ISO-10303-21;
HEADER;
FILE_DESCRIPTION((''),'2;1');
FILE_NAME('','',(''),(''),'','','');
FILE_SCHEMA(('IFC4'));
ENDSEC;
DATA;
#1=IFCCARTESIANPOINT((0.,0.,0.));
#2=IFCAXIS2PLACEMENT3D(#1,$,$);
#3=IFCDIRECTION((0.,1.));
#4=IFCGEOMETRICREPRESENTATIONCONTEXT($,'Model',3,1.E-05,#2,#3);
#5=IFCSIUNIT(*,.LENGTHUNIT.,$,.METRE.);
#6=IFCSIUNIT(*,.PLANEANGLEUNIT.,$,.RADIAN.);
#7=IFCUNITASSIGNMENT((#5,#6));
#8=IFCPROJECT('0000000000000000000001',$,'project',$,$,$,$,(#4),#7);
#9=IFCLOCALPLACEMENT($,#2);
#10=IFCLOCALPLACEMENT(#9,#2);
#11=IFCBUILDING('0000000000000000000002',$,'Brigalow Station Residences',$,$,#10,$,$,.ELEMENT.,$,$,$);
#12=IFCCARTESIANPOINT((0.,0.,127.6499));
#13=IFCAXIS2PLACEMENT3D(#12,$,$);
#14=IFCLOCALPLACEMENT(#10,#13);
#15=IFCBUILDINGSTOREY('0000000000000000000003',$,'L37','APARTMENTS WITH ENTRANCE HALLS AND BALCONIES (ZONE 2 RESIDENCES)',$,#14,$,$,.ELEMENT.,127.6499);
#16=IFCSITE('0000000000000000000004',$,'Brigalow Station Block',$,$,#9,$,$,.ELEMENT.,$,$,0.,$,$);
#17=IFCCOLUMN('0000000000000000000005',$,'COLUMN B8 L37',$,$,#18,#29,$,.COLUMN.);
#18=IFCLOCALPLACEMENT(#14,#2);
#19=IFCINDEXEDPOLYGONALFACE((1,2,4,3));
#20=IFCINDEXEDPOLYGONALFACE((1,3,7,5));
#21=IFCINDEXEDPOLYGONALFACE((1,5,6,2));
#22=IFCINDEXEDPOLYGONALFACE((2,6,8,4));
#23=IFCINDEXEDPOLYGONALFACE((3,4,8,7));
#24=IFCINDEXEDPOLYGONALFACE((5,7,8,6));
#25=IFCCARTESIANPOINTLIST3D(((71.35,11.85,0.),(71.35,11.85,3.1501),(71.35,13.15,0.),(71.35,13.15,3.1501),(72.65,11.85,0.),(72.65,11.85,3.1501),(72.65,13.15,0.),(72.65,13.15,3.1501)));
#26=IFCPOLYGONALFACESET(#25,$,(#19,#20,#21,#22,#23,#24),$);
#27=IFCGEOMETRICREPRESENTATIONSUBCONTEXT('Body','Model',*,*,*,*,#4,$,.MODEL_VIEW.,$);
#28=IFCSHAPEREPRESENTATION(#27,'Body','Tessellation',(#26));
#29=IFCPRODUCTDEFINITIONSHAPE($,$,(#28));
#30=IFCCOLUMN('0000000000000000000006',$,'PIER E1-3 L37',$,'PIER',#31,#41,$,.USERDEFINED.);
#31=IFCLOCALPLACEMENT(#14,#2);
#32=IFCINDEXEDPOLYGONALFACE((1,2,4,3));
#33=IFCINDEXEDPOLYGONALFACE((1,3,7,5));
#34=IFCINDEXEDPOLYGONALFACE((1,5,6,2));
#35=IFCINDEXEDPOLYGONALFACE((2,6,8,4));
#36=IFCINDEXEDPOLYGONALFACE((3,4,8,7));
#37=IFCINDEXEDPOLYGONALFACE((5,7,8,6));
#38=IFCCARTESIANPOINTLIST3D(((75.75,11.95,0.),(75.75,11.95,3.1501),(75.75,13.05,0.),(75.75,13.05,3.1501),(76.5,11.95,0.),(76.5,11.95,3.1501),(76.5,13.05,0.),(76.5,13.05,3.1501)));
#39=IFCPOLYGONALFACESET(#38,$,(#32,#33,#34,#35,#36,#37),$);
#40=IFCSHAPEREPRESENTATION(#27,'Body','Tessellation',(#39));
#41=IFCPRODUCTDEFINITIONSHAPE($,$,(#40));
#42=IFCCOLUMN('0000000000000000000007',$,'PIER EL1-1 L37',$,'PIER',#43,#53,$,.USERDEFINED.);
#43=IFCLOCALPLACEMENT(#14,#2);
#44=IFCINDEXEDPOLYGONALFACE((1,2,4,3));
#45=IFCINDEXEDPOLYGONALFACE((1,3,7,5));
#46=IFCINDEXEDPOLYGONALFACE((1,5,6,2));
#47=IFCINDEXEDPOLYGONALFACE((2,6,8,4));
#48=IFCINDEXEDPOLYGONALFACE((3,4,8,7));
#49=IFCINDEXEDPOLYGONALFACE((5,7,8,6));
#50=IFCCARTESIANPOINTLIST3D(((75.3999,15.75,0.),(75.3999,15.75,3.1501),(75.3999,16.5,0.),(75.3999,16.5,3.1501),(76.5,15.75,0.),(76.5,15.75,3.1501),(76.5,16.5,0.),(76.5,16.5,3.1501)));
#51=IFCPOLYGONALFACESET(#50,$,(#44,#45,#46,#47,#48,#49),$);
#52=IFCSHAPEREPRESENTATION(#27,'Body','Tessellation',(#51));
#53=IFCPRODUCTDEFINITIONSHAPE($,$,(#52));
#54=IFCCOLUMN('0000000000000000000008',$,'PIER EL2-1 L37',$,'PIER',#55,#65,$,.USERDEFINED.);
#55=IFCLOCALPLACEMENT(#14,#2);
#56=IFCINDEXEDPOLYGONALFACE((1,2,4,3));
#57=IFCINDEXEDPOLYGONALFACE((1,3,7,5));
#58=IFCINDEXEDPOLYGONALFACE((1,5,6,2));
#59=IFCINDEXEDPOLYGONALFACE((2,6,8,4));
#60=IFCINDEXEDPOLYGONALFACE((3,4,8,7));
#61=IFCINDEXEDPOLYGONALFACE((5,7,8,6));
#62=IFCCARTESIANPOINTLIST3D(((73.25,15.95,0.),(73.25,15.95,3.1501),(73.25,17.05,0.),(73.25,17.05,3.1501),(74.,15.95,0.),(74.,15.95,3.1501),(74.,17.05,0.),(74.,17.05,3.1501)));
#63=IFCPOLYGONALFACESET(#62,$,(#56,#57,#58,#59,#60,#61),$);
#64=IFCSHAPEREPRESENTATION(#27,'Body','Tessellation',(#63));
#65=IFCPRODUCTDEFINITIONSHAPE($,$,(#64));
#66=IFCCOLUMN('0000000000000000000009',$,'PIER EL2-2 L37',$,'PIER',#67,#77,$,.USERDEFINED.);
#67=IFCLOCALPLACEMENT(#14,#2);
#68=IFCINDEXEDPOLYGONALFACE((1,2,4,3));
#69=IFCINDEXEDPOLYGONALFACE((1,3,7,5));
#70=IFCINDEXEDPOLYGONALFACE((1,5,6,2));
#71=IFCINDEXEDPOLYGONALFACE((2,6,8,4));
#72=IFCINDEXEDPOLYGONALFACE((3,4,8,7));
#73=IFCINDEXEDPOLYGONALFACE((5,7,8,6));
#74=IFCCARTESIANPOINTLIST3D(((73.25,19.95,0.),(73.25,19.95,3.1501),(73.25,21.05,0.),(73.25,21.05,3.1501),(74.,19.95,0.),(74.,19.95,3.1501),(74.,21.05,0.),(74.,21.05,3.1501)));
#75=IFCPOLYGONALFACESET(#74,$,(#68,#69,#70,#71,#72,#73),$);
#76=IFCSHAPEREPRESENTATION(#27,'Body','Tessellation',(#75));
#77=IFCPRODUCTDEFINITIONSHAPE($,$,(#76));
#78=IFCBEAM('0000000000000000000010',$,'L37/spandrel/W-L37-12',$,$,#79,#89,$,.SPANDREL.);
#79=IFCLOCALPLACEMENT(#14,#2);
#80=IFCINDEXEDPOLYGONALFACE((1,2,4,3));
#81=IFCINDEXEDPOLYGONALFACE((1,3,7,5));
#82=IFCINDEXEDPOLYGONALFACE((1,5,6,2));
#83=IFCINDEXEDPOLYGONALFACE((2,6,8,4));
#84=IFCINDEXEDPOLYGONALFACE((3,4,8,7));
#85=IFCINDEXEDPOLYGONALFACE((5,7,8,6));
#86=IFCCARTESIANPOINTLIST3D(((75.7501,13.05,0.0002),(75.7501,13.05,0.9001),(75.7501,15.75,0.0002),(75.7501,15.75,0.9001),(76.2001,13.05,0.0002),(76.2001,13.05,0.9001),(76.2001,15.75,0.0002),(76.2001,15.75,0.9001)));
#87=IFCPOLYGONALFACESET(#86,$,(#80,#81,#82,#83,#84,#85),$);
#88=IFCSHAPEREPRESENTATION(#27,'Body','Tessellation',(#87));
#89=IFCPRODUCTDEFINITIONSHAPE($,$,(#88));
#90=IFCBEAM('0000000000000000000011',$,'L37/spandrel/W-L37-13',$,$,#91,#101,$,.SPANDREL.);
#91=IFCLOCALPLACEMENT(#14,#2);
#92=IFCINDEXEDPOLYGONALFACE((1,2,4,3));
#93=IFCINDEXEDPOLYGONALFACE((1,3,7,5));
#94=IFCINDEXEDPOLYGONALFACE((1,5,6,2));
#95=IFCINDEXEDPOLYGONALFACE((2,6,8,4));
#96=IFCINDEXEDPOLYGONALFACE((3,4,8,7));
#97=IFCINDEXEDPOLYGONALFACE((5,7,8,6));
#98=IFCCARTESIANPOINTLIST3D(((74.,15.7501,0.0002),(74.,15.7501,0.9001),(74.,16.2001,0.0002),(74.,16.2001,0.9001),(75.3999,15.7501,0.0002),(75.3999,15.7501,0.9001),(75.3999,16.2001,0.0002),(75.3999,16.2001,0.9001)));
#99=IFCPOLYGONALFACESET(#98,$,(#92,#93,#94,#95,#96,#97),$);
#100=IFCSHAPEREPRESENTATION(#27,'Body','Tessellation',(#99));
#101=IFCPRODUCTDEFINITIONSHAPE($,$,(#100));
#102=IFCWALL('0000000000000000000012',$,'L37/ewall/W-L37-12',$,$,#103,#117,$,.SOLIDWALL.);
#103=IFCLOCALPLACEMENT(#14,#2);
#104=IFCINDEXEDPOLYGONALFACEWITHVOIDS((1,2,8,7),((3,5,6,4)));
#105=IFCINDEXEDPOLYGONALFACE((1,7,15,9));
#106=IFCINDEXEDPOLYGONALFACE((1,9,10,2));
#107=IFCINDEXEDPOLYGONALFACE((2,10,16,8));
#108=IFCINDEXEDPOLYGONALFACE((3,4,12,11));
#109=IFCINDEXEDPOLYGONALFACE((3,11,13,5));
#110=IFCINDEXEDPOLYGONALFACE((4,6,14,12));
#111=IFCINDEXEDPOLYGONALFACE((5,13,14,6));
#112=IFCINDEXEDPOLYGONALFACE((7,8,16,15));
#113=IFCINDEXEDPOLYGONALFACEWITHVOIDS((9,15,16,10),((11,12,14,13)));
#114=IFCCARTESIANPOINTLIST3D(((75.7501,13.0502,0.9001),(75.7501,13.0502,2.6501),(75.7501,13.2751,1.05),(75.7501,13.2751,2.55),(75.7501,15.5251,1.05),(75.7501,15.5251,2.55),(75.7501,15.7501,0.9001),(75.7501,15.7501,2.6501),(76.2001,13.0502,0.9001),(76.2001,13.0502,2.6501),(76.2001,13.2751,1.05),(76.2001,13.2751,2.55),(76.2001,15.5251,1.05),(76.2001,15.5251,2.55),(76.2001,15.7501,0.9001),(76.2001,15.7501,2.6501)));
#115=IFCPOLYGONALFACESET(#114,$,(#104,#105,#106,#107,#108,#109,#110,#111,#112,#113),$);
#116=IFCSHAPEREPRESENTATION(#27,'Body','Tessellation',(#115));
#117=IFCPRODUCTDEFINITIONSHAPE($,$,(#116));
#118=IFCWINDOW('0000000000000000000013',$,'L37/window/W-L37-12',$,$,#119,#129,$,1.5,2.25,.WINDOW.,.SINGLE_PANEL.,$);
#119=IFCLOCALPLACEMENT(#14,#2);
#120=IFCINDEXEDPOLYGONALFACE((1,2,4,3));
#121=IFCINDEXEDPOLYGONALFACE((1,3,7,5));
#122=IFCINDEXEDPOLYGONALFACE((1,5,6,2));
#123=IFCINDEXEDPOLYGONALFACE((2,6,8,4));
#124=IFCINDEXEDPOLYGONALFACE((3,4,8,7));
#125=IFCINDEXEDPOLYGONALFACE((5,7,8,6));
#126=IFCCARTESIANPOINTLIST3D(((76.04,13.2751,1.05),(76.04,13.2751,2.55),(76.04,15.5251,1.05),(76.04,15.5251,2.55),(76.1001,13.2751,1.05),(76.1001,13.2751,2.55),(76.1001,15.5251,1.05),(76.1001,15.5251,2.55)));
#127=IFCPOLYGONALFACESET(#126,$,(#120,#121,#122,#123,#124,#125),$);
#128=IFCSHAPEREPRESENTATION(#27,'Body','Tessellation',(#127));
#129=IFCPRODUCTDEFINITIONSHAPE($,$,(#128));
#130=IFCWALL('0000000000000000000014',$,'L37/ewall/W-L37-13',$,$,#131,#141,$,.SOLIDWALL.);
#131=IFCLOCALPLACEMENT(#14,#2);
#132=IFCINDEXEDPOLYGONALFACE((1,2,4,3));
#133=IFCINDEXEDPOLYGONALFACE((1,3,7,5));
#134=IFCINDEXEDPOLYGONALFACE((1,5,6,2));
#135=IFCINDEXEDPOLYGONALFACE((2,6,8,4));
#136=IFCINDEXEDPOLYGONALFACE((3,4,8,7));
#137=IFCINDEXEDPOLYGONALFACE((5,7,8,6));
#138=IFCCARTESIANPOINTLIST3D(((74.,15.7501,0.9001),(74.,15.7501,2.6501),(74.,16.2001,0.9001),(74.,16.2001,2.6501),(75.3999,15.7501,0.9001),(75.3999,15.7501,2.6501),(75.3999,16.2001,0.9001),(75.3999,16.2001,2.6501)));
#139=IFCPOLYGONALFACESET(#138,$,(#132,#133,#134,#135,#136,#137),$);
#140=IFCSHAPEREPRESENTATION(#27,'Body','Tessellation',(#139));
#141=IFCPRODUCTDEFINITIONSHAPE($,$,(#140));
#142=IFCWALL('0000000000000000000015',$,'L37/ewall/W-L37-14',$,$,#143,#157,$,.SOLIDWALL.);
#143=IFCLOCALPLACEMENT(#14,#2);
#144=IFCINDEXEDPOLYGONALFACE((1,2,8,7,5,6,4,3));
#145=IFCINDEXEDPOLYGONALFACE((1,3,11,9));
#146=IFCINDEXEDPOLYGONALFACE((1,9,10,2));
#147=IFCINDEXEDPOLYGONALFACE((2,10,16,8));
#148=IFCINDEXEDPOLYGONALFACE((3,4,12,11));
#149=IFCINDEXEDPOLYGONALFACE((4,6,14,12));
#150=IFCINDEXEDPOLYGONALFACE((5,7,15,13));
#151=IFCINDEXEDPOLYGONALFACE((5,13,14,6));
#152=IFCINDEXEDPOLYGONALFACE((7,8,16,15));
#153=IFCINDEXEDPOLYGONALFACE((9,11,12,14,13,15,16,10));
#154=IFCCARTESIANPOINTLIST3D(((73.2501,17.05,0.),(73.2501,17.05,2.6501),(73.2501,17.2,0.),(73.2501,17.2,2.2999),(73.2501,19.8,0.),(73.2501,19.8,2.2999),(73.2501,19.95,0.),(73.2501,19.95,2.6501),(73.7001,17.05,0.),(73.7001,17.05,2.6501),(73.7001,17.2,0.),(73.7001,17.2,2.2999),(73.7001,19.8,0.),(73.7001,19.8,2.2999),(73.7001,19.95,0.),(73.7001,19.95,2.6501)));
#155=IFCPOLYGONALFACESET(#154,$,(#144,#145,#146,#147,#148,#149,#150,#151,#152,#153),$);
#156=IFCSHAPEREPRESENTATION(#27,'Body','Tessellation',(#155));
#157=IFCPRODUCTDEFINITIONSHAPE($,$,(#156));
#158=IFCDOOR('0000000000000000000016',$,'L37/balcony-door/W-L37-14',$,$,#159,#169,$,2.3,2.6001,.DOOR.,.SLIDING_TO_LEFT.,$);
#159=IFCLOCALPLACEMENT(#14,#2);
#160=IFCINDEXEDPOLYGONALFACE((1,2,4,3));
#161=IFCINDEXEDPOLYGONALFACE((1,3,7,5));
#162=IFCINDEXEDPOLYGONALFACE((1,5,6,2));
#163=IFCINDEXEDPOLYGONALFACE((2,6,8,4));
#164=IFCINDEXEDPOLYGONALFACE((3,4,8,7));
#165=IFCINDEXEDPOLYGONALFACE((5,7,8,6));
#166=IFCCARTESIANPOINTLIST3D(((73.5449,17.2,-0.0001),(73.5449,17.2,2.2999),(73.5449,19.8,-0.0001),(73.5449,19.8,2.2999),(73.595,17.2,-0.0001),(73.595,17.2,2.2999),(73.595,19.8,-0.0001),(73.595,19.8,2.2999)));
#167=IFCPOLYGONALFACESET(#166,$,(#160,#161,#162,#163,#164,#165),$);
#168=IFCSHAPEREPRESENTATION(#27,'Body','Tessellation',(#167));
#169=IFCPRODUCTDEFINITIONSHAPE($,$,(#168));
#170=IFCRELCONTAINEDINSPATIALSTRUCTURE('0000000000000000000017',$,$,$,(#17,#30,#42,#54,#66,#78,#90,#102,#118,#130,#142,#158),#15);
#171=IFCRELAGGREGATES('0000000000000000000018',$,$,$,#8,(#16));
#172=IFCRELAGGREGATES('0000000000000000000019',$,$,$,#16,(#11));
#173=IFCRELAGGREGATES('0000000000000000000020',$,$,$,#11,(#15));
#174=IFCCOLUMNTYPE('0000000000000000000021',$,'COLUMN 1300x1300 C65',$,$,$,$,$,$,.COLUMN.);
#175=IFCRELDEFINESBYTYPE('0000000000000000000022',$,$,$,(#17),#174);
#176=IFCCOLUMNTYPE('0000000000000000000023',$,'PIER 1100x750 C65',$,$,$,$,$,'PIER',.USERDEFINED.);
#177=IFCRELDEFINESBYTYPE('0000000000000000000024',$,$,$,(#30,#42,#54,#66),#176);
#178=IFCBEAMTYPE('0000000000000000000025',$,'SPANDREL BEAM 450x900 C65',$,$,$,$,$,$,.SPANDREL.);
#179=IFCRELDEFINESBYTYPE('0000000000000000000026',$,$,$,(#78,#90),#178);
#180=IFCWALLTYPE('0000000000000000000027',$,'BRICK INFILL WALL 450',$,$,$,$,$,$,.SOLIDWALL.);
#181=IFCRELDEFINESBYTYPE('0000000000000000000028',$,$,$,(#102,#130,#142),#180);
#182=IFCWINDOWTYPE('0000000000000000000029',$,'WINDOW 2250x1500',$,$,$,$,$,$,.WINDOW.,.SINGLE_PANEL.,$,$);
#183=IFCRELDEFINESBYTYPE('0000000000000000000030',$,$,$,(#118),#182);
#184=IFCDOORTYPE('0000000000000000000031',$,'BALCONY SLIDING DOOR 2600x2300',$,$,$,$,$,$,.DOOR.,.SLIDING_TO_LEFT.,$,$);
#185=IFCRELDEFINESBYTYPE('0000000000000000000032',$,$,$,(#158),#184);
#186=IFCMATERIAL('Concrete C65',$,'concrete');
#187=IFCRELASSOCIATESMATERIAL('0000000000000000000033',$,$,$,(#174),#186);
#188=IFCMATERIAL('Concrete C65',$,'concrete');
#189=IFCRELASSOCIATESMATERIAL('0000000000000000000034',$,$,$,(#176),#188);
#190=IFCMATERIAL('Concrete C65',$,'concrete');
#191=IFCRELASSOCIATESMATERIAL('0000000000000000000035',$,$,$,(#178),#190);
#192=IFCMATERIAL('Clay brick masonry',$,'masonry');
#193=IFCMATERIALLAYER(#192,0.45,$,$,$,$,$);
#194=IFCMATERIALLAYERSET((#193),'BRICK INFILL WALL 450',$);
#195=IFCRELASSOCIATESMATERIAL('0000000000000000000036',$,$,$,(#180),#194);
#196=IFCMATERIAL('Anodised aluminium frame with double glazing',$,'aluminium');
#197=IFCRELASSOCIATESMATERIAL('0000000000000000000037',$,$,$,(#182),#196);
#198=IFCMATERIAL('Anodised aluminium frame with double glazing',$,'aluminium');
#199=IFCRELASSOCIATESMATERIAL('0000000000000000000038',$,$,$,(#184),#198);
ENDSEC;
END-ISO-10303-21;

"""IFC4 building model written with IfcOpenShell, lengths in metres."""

from ifc_helpers import new_model, si_unit, direction, frame, frame_2d, origin, origin_2d, place, context, subcontext, project, spatial, rectangle, extrude, material, layer, layer_set, material_profile, profile_set, type_object, element, fill, save


model = new_model("IFC4")

# Units and contexts
model_context = context("Model", 3, precision=1e-05, world=origin(), true_north=direction((0.0, 1.0)))
body_context = subcontext(model_context, "Body", "Model", "MODEL_VIEW")
ifc_project = project(units=[si_unit("LENGTHUNIT", "METRE"), si_unit("PLANEANGLEUNIT", "RADIAN")], contexts=[model_context])

# Site, building, storey
site_placement = place(None, origin())
site = spatial("IfcSite", under=ifc_project, at=site_placement, Name="Brigalow Station Block", CompositionType="ELEMENT", RefElevation=0.0)
building_placement = place(site_placement, origin())
building = spatial("IfcBuilding", under=site, at=building_placement, Name="Brigalow Station Residences", CompositionType="ELEMENT")
storey_placement = place(building_placement, frame((0.0, 0.0, 127.6499)))
storey = spatial("IfcBuildingStorey", under=building, at=storey_placement, Name="L37", Description="APARTMENTS WITH ENTRANCE HALLS AND BALCONIES (ZONE 2 RESIDENCES)", CompositionType="ELEMENT", Elevation=127.6499)

# Columns
ifc_material_1 = material(Name="Concrete C65", Category="concrete")
ifc_material_profile_1 = material_profile(ifc_material_1, rectangle(XDim=1.3, YDim=1.3, at=origin_2d()), Name="RC1300x1300")
ifc_profile_set_1 = profile_set([ifc_material_profile_1], Name="Concrete C65")
column_type_1 = type_object("IfcColumnType", Name="COLUMN 1300x1300 C65", PredefinedType="COLUMN", material=ifc_profile_set_1)
column_placement = place(storey_placement, frame((72.0, 12.5, 0.0), z_axis=(0.0, 0.0, 1.0), x_axis=(1.0, 0.0, 0.0)))
element("IfcColumn", 1, at=column_placement, inside=storey, type_object=column_type_1, Name="COLUMN B8 L37", PredefinedType="COLUMN", context=body_context, shape_type="SweptSolid", body=[
    extrude(rectangle(XDim=1.3, YDim=1.3, at=origin_2d()), origin(), (0.0, 0.0, 1.0), 3.1501),
])
ifc_material_2 = material(Name="Concrete C65", Category="concrete")
ifc_material_profile_2 = material_profile(ifc_material_2, rectangle(XDim=1.1001, YDim=0.75, at=origin_2d()), Name="RC1100x750")
ifc_profile_set_2 = profile_set([ifc_material_profile_2], Name="Concrete C65")
column_type_2 = type_object("IfcColumnType", Name="PIER 1100x750 C65", ElementType="PIER", PredefinedType="USERDEFINED", material=ifc_profile_set_2)
for number, where, z_axis, x_axis, name in (
    (2, (76.125, 12.5, 0.0), (0.0, 0.0, 1.0), (0.0, 1.0, 0.0), "PIER E1-3 L37"),
    (3, (75.95, 16.125, 0.0), (0.0, 0.0, 1.0), (-1.0, 0.0, 0.0), "PIER EL1-1 L37"),
    (4, (73.625, 16.5, 0.0), (0.0, 0.0, 1.0), (0.0, 1.0, 0.0), "PIER EL2-1 L37"),
    (5, (73.625, 20.5, 0.0), (0.0, 0.0, 1.0), (0.0, 1.0, 0.0), "PIER EL2-2 L37"),
):
    element("IfcColumn", number, at=place(storey_placement, frame(where, z_axis=z_axis, x_axis=x_axis)), inside=storey, type_object=column_type_2, Name=name, ObjectType="PIER", PredefinedType="USERDEFINED", context=body_context, shape_type="SweptSolid", body=[
        extrude(rectangle(XDim=1.1001, YDim=0.75, at=origin_2d()), origin(), (0.0, 0.0, 1.0), 3.1501),
    ])

# Beams
ifc_material_3 = material(Name="Concrete C65", Category="concrete")
ifc_material_profile_3 = material_profile(ifc_material_3, rectangle(XDim=0.45, YDim=0.8999, at=origin_2d()), Name="RC450x900")
ifc_profile_set_3 = profile_set([ifc_material_profile_3], Name="Concrete C65")
beam_type = type_object("IfcBeamType", Name="SPANDREL BEAM 450x900 C65", PredefinedType="SPANDREL", material=ifc_profile_set_3)
beam_1_placement = place(storey_placement, frame((75.9751, 13.05, 0.4502), z_axis=(0.0, 1.0, 0.0), x_axis=(-1.0, 0.0, 0.0)))
element("IfcBeam", 6, at=beam_1_placement, inside=storey, type_object=beam_type, Name="L37/spandrel/W-L37-12", PredefinedType="SPANDREL", context=body_context, shape_type="SweptSolid", body=[
    extrude(rectangle(XDim=0.45, YDim=0.8999, at=origin_2d()), origin(), (0.0, 0.0, 1.0), 2.7),
])
beam_2_placement = place(storey_placement, frame((75.3999, 15.9751, 0.4502), z_axis=(-1.0, 0.0, 0.0), x_axis=(0.0, -1.0, 0.0)))
element("IfcBeam", 7, at=beam_2_placement, inside=storey, type_object=beam_type, Name="L37/spandrel/W-L37-13", PredefinedType="SPANDREL", context=body_context, shape_type="SweptSolid", body=[
    extrude(rectangle(XDim=0.45, YDim=0.8999, at=origin_2d()), origin(), (0.0, 0.0, 1.0), 1.3999),
])

# Wall, opening, window
ifc_material_4 = material(Name="Clay brick masonry", Category="masonry")
ifc_layer_1 = layer(ifc_material_4, 0.45)
ifc_layer_set_1 = layer_set([ifc_layer_1], Name="BRICK INFILL WALL 450")
wall_type_1 = type_object("IfcWallType", Name="BRICK INFILL WALL 450", PredefinedType="SOLIDWALL", material=ifc_layer_set_1)
wall_1_placement = place(storey_placement, frame((75.9751, 13.05, 0.9001), z_axis=(0.0, 0.0, 1.0), x_axis=(0.0, 1.0, 0.0)))
wall_1 = element("IfcWall", 8, at=wall_1_placement, inside=storey, type_object=wall_type_1, Name="L37/ewall/W-L37-12", PredefinedType="SOLIDWALL", context=body_context, shape_type="SweptSolid", body=[
    extrude(rectangle(XDim=2.7, YDim=0.45, at=frame_2d((1.3501, 0.0))), origin(), (0.0, 0.0, 1.0), 1.75),
])
opening_1_placement = place(wall_1_placement, frame((0.2251, 0.0, 0.1499)))
opening_1 = element("IfcOpeningElement", 9, at=opening_1_placement, cuts=wall_1, PredefinedType="OPENING", context=body_context, shape_type="SweptSolid", body=[
    extrude(rectangle(XDim=2.25, YDim=1.5, at=frame_2d((1.125, 0.75))), frame((0.0, 0.2349, 0.0), z_axis=(0.0, -1.0, 0.0), x_axis=(1.0, 0.0, 0.0)), (0.0, 0.0, 1.0), 0.47),
])
ifc_material_5 = material(Name="Anodised aluminium frame with double glazing", Category="aluminium")
window_type = type_object("IfcWindowType", Name="WINDOW 2250x1500", PartitioningType="SINGLE_PANEL", PredefinedType="WINDOW", material=ifc_material_5)
window_placement = place(opening_1_placement, origin())
window = element("IfcWindow", 10, at=window_placement, inside=storey, type_object=window_type, Name="L37/window/W-L37-12", OverallHeight=1.5, OverallWidth=2.25, PartitioningType="SINGLE_PANEL", PredefinedType="WINDOW", context=body_context, shape_type="SweptSolid", body=[
    extrude(rectangle(XDim=2.25, YDim=1.5, at=frame_2d((1.125, 0.75))), frame((0.0, -0.0649, 0.0), z_axis=(0.0, -1.0, 0.0), x_axis=(1.0, 0.0, 0.0)), (0.0, 0.0, 1.0), 0.0601),
])
fill(opening_1, window)

# Wall
wall_2_placement = place(storey_placement, frame((75.3999, 15.9751, 0.9001), z_axis=(0.0, 0.0, 1.0), x_axis=(-1.0, 0.0, 0.0)))
element("IfcWall", 11, at=wall_2_placement, inside=storey, type_object=wall_type_1, Name="L37/ewall/W-L37-13", PredefinedType="SOLIDWALL", context=body_context, shape_type="SweptSolid", body=[
    extrude(rectangle(XDim=1.3999, YDim=0.45, at=frame_2d((0.7, 0.0))), origin(), (0.0, 0.0, 1.0), 1.75),
])

# Wall, opening, door
wall_3_placement = place(storey_placement, frame((73.4751, 17.05, 0.0), z_axis=(0.0, 0.0, 1.0), x_axis=(0.0, 1.0, 0.0)))
wall_3 = element("IfcWall", 12, at=wall_3_placement, inside=storey, type_object=wall_type_1, Name="L37/ewall/W-L37-14", PredefinedType="SOLIDWALL", context=body_context, shape_type="SweptSolid", body=[
    extrude(rectangle(XDim=2.8999, YDim=0.45, at=frame_2d((1.45, 0.0))), origin(), (0.0, 0.0, 1.0), 2.6501),
])
opening_2_placement = place(wall_3_placement, frame((0.1499, 0.0, 0.0)))
opening_2 = element("IfcOpeningElement", 13, at=opening_2_placement, cuts=wall_3, PredefinedType="OPENING", context=body_context, shape_type="SweptSolid", body=[
    extrude(rectangle(XDim=2.6001, YDim=2.3, at=frame_2d((1.3, 1.1499))), frame((0.0, 0.2349, 0.0), z_axis=(0.0, -1.0, 0.0), x_axis=(1.0, 0.0, 0.0)), (0.0, 0.0, 1.0), 0.47),
])
ifc_material_6 = material(Name="Anodised aluminium frame with double glazing", Category="aluminium")
door_type_1 = type_object("IfcDoorType", Name="BALCONY SLIDING DOOR 2600x2300", OperationType="SLIDING_TO_LEFT", PredefinedType="DOOR", material=ifc_material_6)
door_1_placement = place(opening_2_placement, origin())
door_1 = element("IfcDoor", 14, at=door_1_placement, inside=storey, type_object=door_type_1, Name="L37/balcony-door/W-L37-14", OperationType="SLIDING_TO_LEFT", OverallHeight=2.3, OverallWidth=2.6001, PredefinedType="DOOR", context=body_context, shape_type="SweptSolid", body=[
    extrude(rectangle(XDim=2.6001, YDim=2.3, at=frame_2d((1.3, 1.1499))), frame((0.0, -0.0698, 0.0), z_axis=(0.0, -1.0, 0.0), x_axis=(1.0, 0.0, 0.0)), (0.0, 0.0, 1.0), 0.05),
])
fill(opening_2, door_1)

save(model, "model.ifc")
